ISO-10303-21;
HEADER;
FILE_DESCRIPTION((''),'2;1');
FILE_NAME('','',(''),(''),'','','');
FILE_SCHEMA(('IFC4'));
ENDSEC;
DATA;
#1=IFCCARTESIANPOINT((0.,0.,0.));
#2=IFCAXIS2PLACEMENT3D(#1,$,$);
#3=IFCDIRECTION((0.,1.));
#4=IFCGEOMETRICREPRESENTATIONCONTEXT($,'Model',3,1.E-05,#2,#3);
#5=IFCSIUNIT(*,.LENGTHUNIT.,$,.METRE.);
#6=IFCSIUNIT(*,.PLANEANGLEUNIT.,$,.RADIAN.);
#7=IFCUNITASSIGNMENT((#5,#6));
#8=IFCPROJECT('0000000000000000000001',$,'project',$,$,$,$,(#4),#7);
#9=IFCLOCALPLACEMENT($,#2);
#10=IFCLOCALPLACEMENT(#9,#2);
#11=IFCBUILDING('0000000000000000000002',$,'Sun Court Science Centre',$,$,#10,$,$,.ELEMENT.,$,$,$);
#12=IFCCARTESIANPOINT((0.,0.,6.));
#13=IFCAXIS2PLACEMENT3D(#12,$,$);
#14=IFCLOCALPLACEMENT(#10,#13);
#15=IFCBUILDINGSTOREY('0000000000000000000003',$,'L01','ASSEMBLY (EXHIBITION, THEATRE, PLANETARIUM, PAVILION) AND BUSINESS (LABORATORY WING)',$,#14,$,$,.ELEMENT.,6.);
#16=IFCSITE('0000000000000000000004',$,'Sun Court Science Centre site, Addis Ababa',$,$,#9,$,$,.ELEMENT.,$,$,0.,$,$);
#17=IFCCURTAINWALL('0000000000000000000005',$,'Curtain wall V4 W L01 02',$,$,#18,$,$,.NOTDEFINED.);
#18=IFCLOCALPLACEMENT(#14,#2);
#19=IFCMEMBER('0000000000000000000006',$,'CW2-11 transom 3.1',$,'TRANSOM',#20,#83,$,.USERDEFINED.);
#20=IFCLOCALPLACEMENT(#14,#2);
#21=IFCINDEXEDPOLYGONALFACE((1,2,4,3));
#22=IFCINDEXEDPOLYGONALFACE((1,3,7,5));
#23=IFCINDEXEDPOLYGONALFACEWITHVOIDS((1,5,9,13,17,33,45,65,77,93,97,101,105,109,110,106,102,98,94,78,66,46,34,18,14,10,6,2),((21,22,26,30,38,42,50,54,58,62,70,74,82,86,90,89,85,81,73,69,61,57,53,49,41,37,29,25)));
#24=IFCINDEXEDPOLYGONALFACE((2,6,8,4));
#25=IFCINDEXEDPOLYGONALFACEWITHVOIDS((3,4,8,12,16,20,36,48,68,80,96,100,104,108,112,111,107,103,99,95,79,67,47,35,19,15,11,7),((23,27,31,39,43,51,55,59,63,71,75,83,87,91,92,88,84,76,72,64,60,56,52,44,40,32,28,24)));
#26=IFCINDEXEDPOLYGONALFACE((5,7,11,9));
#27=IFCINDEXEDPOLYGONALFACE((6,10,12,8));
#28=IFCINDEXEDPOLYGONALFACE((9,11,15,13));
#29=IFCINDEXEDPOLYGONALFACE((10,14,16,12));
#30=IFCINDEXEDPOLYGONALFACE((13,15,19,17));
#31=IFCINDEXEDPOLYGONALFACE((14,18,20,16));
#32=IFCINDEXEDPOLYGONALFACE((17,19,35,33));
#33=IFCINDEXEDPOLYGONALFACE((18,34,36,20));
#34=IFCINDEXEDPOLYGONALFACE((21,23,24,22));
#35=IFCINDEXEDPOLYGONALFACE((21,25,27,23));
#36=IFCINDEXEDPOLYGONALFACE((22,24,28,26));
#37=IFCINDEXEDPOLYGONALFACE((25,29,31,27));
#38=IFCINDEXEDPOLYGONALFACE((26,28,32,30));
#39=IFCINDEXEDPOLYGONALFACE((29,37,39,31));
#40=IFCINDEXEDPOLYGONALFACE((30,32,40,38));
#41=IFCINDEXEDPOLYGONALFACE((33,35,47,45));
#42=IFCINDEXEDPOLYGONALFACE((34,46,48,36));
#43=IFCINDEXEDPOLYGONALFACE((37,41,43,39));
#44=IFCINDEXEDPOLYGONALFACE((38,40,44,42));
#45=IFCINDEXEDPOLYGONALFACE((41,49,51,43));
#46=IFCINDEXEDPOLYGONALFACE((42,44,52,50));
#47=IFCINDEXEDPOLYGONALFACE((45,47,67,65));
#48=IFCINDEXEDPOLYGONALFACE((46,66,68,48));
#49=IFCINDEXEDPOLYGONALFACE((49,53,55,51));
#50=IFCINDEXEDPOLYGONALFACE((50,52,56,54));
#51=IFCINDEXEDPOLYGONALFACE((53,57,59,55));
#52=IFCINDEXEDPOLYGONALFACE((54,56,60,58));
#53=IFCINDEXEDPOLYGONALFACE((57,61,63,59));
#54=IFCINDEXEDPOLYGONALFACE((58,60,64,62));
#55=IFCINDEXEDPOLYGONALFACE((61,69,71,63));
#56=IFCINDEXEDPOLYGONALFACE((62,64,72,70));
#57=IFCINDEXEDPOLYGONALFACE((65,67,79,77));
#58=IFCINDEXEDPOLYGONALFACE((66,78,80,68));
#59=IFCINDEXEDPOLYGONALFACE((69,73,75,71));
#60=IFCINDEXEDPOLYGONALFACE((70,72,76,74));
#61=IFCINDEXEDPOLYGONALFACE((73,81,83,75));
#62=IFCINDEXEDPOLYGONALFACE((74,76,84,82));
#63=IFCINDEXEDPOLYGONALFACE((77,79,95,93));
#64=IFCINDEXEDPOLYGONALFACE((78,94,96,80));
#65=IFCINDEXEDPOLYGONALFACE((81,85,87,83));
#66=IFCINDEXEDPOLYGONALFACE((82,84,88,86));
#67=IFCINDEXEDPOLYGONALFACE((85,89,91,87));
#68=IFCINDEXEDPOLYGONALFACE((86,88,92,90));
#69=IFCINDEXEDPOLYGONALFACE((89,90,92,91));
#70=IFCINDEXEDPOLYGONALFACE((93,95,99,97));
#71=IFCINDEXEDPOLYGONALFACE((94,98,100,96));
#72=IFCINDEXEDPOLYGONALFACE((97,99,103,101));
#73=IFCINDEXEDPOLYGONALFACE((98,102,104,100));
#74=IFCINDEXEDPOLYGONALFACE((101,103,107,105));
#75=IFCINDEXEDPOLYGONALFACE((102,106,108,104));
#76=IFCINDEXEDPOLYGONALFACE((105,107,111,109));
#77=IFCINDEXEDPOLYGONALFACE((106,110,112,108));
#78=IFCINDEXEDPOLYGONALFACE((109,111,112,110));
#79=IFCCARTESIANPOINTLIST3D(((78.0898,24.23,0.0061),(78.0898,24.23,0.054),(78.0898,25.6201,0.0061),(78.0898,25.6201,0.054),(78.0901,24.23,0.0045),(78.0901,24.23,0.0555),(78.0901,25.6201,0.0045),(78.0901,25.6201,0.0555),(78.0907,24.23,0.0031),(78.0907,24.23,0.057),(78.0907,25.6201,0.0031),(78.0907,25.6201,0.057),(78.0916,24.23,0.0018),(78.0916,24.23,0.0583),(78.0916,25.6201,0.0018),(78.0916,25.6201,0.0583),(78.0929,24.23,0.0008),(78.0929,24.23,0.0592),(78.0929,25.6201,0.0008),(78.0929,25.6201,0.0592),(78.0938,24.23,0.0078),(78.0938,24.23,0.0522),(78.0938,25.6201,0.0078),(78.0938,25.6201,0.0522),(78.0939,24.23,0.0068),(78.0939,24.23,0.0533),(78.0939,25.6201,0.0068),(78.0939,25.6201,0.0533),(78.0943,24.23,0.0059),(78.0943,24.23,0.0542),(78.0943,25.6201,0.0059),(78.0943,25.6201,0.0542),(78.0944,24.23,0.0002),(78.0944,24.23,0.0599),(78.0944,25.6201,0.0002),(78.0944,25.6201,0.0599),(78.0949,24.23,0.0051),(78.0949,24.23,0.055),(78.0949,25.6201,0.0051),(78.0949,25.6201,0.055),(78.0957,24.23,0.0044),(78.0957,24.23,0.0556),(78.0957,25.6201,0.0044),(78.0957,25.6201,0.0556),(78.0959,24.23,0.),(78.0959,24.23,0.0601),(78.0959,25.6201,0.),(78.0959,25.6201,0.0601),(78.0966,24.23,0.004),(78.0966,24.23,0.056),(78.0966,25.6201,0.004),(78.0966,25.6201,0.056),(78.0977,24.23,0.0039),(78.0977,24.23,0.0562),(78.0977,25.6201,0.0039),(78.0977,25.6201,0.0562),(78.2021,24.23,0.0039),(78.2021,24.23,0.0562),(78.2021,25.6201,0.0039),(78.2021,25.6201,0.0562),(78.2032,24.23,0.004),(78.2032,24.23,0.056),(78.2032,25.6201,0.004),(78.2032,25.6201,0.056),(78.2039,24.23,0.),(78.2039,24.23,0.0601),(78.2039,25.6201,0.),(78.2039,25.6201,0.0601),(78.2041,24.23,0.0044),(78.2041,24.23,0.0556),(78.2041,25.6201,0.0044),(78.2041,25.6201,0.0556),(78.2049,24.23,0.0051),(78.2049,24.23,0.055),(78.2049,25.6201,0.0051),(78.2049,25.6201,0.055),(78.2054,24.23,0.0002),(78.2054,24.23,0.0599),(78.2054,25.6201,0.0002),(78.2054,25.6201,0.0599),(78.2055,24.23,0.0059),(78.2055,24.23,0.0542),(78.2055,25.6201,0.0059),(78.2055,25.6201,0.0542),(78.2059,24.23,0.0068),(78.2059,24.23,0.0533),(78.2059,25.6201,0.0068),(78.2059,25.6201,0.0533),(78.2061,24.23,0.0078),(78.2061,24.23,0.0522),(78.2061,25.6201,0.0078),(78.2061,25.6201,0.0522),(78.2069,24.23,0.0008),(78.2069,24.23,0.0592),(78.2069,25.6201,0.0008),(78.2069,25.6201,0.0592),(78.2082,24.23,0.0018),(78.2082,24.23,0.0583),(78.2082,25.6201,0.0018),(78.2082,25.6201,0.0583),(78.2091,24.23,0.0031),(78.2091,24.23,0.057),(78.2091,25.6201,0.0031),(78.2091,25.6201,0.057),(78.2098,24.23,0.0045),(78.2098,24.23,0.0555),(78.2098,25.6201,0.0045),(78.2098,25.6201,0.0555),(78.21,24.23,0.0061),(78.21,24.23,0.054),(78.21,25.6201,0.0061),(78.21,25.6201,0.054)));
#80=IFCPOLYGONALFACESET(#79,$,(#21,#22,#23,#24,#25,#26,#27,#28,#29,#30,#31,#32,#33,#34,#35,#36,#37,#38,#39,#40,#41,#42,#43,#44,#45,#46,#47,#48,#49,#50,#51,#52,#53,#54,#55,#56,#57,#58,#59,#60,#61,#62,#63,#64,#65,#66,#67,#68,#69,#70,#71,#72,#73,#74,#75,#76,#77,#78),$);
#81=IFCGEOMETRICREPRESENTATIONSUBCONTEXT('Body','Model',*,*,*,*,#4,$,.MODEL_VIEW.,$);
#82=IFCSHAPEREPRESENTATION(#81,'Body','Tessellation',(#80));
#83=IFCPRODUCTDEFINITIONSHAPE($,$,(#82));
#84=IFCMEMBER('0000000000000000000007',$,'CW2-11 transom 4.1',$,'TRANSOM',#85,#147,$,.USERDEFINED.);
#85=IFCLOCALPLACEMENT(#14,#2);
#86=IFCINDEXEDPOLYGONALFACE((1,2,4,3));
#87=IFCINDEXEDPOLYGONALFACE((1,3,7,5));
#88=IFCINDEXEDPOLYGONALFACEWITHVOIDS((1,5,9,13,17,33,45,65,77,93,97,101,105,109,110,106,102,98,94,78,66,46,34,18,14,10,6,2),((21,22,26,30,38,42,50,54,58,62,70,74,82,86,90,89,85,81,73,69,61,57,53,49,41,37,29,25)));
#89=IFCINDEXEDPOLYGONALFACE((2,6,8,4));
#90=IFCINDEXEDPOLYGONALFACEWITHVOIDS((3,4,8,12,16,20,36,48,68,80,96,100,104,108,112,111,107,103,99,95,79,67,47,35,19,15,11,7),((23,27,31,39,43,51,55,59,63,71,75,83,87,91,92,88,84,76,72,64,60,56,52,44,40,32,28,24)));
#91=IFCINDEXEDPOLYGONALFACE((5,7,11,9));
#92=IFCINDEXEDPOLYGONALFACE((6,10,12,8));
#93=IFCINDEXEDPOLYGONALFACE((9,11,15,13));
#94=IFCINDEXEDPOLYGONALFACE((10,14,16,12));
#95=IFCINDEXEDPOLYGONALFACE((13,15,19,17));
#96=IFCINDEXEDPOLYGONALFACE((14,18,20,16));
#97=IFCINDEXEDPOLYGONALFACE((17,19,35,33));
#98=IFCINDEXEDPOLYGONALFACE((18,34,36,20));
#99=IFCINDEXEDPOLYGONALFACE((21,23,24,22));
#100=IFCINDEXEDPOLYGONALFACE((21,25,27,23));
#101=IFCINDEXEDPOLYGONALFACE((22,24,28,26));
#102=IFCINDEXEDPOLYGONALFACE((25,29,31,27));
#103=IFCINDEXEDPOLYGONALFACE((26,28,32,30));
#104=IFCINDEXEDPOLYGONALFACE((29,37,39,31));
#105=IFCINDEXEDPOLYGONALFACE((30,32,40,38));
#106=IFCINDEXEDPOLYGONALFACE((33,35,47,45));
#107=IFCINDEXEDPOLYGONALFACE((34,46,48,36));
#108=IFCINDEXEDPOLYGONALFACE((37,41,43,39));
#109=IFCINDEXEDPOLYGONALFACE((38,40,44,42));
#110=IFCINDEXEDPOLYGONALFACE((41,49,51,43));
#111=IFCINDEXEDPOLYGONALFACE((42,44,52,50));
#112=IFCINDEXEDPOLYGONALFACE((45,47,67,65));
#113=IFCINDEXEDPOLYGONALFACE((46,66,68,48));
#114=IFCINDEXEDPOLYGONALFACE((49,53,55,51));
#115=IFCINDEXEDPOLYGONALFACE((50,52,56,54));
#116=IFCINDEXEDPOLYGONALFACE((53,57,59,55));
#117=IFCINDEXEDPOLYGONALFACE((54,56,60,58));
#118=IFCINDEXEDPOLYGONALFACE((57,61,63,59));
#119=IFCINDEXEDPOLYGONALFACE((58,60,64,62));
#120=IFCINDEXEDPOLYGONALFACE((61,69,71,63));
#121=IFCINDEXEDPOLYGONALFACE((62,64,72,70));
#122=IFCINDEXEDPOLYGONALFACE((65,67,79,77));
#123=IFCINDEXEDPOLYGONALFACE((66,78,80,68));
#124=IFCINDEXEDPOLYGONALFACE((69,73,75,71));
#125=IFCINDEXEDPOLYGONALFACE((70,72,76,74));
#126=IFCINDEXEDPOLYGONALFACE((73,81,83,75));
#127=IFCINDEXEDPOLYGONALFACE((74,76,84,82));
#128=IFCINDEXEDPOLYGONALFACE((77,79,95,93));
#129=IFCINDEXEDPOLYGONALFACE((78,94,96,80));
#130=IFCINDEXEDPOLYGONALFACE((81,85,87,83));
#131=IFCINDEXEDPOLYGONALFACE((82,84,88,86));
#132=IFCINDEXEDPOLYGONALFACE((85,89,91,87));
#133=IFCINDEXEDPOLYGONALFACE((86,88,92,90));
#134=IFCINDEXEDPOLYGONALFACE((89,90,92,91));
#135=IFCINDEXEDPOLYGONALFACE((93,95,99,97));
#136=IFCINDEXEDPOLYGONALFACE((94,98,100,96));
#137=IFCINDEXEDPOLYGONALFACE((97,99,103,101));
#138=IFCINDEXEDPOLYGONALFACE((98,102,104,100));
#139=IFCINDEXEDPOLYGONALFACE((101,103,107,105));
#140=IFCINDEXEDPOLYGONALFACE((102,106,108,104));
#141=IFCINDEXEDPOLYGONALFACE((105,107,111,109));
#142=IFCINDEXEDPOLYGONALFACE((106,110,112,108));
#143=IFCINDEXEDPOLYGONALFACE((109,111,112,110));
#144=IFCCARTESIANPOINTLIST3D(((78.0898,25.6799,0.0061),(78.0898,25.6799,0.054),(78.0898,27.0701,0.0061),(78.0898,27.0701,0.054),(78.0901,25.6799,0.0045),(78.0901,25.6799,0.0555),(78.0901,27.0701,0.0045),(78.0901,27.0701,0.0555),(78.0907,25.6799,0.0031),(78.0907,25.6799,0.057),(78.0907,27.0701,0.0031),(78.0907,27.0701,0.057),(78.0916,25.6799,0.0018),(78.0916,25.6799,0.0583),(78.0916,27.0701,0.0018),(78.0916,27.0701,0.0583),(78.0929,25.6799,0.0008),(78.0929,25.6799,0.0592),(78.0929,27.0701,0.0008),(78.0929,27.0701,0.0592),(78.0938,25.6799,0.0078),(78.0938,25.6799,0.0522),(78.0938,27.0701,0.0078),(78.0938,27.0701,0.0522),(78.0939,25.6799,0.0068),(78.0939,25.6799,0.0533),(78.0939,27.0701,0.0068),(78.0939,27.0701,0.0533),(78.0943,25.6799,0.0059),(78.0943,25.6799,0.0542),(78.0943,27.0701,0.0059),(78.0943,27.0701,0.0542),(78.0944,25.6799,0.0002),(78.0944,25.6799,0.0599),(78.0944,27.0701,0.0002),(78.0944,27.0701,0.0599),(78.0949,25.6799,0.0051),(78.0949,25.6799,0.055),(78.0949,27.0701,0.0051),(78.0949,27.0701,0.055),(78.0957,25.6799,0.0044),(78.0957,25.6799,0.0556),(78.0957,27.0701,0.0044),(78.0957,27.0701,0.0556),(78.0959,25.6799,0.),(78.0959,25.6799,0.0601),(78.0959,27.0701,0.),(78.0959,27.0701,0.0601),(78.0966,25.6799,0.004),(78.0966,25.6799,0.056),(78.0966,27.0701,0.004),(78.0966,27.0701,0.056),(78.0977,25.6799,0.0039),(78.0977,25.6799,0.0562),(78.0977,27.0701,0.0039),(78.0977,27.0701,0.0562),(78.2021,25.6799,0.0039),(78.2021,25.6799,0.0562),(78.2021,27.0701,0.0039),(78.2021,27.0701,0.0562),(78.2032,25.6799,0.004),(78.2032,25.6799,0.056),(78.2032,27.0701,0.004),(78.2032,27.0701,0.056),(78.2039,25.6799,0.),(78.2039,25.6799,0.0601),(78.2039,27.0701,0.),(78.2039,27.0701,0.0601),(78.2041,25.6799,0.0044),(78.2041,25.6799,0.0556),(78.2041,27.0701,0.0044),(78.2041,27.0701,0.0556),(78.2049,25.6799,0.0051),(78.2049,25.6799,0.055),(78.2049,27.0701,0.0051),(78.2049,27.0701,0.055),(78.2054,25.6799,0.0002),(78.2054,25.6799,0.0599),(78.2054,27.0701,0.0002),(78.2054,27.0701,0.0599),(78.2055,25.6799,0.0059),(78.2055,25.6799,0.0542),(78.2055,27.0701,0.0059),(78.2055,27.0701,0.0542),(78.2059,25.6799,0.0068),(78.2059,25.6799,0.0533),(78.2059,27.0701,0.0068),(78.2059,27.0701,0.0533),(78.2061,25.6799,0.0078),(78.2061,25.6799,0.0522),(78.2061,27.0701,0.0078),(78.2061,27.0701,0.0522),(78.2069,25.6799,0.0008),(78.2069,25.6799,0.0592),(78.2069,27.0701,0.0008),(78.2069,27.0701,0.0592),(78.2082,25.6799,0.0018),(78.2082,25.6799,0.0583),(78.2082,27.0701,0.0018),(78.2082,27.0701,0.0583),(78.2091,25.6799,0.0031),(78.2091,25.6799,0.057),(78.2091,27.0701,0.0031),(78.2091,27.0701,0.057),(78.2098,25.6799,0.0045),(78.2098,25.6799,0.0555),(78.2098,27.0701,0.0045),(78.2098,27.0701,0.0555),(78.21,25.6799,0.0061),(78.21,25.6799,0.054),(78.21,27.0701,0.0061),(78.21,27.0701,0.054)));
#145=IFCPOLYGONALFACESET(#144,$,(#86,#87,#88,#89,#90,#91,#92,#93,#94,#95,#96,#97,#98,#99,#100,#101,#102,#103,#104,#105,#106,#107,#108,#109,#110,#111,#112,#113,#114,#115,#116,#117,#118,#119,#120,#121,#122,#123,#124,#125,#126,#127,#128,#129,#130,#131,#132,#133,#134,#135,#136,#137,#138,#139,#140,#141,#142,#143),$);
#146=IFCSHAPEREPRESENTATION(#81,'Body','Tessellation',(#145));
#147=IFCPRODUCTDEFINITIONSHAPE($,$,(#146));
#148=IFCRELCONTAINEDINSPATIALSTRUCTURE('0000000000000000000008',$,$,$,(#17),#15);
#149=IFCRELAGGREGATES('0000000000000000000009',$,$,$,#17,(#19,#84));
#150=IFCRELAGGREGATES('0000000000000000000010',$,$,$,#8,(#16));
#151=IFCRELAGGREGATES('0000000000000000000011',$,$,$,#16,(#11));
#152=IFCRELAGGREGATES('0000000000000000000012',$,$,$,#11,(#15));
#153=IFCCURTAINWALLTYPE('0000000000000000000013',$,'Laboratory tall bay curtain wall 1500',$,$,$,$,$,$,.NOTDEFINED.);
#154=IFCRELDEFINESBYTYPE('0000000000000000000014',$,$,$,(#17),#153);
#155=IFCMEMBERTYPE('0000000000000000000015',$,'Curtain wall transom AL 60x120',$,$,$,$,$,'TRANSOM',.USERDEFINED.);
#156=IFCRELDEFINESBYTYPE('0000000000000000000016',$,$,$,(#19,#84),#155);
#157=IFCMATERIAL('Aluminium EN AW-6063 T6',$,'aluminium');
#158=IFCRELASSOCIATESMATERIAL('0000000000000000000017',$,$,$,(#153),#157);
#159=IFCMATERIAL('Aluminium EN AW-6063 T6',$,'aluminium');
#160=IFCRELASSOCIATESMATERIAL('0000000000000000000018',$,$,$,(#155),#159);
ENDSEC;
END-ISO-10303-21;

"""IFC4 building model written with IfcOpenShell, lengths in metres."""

from ifc_helpers import new_model, si_unit, direction, frame, origin, origin_2d, place, context, subcontext, project, spatial, hollow_rectangle, extrude, material, material_profile, profile_set, type_object, element, aggregate, save


model = new_model("IFC4")

# Units and contexts
model_context = context("Model", 3, precision=1e-05, world=origin(), true_north=direction((0.0, 1.0)))
body_context = subcontext(model_context, "Body", "Model", "MODEL_VIEW")
ifc_project = project(units=[si_unit("LENGTHUNIT", "METRE"), si_unit("PLANEANGLEUNIT", "RADIAN")], contexts=[model_context])

# Site, building, storey
site_placement = place(None, origin())
site = spatial("IfcSite", under=ifc_project, at=site_placement, Name="Sun Court Science Centre site, Addis Ababa", CompositionType="ELEMENT", RefElevation=0.0)
building_placement = place(site_placement, origin())
building = spatial("IfcBuilding", under=site, at=building_placement, Name="Sun Court Science Centre", CompositionType="ELEMENT")
storey_placement = place(building_placement, frame((0.0, 0.0, 6.0)))
storey = spatial("IfcBuildingStorey", under=building, at=storey_placement, Name="L01", Description="ASSEMBLY (EXHIBITION, THEATRE, PLANETARIUM, PAVILION) AND BUSINESS (LABORATORY WING)", CompositionType="ELEMENT", Elevation=6.0)

# Curtain wall
ifc_material_1 = material(Name="Aluminium EN AW-6063 T6", Category="aluminium")
curtain_wall_type = type_object("IfcCurtainWallType", Name="Laboratory tall bay curtain wall 1500", PredefinedType="NOTDEFINED", material=ifc_material_1)
curtain_wall_1_placement = place(storey_placement, origin())
curtain_wall_1 = element("IfcCurtainWall", 1, at=curtain_wall_1_placement, inside=storey, type_object=curtain_wall_type, Name="Curtain wall V4 W L01 02", PredefinedType="NOTDEFINED")

# Members
ifc_material_2 = material(Name="Aluminium EN AW-6063 T6", Category="aluminium")
ifc_material_profile_1 = material_profile(ifc_material_2, hollow_rectangle(XDim=0.0601, YDim=0.1201, WallThickness=0.0039, InnerFilletRadius=0.0039, OuterFilletRadius=0.0061, at=origin_2d()), Name="AL 60x120x4")
ifc_profile_set_1 = profile_set([ifc_material_profile_1], Name="Aluminium EN AW-6063 T6")
member_type_1 = type_object("IfcMemberType", Name="Curtain wall transom AL 60x120", ElementType="TRANSOM", PredefinedType="USERDEFINED", material=ifc_profile_set_1)
member_1_placement = place(storey_placement, frame((78.1499, 24.23, 0.03), z_axis=(0.0, 1.0, 0.0), x_axis=(0.0, 0.0, 1.0)))
member_1 = element("IfcMember", 2, at=member_1_placement, type_object=member_type_1, Name="CW2-11 transom 3.1", ObjectType="TRANSOM", PredefinedType="USERDEFINED", context=body_context, shape_type="SweptSolid", body=[
    extrude(hollow_rectangle(XDim=0.0601, YDim=0.1201, WallThickness=0.0039, InnerFilletRadius=0.0039, OuterFilletRadius=0.0061, at=origin_2d()), origin(), (0.0, 0.0, 1.0), 1.3901),
])
member_2_placement = place(storey_placement, frame((78.1499, 25.6799, 0.03), z_axis=(0.0, 1.0, 0.0), x_axis=(0.0, 0.0, 1.0)))
member_2 = element("IfcMember", 3, at=member_2_placement, type_object=member_type_1, Name="CW2-11 transom 4.1", ObjectType="TRANSOM", PredefinedType="USERDEFINED", context=body_context, shape_type="SweptSolid", body=[
    extrude(hollow_rectangle(XDim=0.0601, YDim=0.1201, WallThickness=0.0039, InnerFilletRadius=0.0039, OuterFilletRadius=0.0061, at=origin_2d()), origin(), (0.0, 0.0, 1.0), 1.3901),
])

aggregate(curtain_wall_1, [member_1, member_2])

save(model, "model.ifc")
